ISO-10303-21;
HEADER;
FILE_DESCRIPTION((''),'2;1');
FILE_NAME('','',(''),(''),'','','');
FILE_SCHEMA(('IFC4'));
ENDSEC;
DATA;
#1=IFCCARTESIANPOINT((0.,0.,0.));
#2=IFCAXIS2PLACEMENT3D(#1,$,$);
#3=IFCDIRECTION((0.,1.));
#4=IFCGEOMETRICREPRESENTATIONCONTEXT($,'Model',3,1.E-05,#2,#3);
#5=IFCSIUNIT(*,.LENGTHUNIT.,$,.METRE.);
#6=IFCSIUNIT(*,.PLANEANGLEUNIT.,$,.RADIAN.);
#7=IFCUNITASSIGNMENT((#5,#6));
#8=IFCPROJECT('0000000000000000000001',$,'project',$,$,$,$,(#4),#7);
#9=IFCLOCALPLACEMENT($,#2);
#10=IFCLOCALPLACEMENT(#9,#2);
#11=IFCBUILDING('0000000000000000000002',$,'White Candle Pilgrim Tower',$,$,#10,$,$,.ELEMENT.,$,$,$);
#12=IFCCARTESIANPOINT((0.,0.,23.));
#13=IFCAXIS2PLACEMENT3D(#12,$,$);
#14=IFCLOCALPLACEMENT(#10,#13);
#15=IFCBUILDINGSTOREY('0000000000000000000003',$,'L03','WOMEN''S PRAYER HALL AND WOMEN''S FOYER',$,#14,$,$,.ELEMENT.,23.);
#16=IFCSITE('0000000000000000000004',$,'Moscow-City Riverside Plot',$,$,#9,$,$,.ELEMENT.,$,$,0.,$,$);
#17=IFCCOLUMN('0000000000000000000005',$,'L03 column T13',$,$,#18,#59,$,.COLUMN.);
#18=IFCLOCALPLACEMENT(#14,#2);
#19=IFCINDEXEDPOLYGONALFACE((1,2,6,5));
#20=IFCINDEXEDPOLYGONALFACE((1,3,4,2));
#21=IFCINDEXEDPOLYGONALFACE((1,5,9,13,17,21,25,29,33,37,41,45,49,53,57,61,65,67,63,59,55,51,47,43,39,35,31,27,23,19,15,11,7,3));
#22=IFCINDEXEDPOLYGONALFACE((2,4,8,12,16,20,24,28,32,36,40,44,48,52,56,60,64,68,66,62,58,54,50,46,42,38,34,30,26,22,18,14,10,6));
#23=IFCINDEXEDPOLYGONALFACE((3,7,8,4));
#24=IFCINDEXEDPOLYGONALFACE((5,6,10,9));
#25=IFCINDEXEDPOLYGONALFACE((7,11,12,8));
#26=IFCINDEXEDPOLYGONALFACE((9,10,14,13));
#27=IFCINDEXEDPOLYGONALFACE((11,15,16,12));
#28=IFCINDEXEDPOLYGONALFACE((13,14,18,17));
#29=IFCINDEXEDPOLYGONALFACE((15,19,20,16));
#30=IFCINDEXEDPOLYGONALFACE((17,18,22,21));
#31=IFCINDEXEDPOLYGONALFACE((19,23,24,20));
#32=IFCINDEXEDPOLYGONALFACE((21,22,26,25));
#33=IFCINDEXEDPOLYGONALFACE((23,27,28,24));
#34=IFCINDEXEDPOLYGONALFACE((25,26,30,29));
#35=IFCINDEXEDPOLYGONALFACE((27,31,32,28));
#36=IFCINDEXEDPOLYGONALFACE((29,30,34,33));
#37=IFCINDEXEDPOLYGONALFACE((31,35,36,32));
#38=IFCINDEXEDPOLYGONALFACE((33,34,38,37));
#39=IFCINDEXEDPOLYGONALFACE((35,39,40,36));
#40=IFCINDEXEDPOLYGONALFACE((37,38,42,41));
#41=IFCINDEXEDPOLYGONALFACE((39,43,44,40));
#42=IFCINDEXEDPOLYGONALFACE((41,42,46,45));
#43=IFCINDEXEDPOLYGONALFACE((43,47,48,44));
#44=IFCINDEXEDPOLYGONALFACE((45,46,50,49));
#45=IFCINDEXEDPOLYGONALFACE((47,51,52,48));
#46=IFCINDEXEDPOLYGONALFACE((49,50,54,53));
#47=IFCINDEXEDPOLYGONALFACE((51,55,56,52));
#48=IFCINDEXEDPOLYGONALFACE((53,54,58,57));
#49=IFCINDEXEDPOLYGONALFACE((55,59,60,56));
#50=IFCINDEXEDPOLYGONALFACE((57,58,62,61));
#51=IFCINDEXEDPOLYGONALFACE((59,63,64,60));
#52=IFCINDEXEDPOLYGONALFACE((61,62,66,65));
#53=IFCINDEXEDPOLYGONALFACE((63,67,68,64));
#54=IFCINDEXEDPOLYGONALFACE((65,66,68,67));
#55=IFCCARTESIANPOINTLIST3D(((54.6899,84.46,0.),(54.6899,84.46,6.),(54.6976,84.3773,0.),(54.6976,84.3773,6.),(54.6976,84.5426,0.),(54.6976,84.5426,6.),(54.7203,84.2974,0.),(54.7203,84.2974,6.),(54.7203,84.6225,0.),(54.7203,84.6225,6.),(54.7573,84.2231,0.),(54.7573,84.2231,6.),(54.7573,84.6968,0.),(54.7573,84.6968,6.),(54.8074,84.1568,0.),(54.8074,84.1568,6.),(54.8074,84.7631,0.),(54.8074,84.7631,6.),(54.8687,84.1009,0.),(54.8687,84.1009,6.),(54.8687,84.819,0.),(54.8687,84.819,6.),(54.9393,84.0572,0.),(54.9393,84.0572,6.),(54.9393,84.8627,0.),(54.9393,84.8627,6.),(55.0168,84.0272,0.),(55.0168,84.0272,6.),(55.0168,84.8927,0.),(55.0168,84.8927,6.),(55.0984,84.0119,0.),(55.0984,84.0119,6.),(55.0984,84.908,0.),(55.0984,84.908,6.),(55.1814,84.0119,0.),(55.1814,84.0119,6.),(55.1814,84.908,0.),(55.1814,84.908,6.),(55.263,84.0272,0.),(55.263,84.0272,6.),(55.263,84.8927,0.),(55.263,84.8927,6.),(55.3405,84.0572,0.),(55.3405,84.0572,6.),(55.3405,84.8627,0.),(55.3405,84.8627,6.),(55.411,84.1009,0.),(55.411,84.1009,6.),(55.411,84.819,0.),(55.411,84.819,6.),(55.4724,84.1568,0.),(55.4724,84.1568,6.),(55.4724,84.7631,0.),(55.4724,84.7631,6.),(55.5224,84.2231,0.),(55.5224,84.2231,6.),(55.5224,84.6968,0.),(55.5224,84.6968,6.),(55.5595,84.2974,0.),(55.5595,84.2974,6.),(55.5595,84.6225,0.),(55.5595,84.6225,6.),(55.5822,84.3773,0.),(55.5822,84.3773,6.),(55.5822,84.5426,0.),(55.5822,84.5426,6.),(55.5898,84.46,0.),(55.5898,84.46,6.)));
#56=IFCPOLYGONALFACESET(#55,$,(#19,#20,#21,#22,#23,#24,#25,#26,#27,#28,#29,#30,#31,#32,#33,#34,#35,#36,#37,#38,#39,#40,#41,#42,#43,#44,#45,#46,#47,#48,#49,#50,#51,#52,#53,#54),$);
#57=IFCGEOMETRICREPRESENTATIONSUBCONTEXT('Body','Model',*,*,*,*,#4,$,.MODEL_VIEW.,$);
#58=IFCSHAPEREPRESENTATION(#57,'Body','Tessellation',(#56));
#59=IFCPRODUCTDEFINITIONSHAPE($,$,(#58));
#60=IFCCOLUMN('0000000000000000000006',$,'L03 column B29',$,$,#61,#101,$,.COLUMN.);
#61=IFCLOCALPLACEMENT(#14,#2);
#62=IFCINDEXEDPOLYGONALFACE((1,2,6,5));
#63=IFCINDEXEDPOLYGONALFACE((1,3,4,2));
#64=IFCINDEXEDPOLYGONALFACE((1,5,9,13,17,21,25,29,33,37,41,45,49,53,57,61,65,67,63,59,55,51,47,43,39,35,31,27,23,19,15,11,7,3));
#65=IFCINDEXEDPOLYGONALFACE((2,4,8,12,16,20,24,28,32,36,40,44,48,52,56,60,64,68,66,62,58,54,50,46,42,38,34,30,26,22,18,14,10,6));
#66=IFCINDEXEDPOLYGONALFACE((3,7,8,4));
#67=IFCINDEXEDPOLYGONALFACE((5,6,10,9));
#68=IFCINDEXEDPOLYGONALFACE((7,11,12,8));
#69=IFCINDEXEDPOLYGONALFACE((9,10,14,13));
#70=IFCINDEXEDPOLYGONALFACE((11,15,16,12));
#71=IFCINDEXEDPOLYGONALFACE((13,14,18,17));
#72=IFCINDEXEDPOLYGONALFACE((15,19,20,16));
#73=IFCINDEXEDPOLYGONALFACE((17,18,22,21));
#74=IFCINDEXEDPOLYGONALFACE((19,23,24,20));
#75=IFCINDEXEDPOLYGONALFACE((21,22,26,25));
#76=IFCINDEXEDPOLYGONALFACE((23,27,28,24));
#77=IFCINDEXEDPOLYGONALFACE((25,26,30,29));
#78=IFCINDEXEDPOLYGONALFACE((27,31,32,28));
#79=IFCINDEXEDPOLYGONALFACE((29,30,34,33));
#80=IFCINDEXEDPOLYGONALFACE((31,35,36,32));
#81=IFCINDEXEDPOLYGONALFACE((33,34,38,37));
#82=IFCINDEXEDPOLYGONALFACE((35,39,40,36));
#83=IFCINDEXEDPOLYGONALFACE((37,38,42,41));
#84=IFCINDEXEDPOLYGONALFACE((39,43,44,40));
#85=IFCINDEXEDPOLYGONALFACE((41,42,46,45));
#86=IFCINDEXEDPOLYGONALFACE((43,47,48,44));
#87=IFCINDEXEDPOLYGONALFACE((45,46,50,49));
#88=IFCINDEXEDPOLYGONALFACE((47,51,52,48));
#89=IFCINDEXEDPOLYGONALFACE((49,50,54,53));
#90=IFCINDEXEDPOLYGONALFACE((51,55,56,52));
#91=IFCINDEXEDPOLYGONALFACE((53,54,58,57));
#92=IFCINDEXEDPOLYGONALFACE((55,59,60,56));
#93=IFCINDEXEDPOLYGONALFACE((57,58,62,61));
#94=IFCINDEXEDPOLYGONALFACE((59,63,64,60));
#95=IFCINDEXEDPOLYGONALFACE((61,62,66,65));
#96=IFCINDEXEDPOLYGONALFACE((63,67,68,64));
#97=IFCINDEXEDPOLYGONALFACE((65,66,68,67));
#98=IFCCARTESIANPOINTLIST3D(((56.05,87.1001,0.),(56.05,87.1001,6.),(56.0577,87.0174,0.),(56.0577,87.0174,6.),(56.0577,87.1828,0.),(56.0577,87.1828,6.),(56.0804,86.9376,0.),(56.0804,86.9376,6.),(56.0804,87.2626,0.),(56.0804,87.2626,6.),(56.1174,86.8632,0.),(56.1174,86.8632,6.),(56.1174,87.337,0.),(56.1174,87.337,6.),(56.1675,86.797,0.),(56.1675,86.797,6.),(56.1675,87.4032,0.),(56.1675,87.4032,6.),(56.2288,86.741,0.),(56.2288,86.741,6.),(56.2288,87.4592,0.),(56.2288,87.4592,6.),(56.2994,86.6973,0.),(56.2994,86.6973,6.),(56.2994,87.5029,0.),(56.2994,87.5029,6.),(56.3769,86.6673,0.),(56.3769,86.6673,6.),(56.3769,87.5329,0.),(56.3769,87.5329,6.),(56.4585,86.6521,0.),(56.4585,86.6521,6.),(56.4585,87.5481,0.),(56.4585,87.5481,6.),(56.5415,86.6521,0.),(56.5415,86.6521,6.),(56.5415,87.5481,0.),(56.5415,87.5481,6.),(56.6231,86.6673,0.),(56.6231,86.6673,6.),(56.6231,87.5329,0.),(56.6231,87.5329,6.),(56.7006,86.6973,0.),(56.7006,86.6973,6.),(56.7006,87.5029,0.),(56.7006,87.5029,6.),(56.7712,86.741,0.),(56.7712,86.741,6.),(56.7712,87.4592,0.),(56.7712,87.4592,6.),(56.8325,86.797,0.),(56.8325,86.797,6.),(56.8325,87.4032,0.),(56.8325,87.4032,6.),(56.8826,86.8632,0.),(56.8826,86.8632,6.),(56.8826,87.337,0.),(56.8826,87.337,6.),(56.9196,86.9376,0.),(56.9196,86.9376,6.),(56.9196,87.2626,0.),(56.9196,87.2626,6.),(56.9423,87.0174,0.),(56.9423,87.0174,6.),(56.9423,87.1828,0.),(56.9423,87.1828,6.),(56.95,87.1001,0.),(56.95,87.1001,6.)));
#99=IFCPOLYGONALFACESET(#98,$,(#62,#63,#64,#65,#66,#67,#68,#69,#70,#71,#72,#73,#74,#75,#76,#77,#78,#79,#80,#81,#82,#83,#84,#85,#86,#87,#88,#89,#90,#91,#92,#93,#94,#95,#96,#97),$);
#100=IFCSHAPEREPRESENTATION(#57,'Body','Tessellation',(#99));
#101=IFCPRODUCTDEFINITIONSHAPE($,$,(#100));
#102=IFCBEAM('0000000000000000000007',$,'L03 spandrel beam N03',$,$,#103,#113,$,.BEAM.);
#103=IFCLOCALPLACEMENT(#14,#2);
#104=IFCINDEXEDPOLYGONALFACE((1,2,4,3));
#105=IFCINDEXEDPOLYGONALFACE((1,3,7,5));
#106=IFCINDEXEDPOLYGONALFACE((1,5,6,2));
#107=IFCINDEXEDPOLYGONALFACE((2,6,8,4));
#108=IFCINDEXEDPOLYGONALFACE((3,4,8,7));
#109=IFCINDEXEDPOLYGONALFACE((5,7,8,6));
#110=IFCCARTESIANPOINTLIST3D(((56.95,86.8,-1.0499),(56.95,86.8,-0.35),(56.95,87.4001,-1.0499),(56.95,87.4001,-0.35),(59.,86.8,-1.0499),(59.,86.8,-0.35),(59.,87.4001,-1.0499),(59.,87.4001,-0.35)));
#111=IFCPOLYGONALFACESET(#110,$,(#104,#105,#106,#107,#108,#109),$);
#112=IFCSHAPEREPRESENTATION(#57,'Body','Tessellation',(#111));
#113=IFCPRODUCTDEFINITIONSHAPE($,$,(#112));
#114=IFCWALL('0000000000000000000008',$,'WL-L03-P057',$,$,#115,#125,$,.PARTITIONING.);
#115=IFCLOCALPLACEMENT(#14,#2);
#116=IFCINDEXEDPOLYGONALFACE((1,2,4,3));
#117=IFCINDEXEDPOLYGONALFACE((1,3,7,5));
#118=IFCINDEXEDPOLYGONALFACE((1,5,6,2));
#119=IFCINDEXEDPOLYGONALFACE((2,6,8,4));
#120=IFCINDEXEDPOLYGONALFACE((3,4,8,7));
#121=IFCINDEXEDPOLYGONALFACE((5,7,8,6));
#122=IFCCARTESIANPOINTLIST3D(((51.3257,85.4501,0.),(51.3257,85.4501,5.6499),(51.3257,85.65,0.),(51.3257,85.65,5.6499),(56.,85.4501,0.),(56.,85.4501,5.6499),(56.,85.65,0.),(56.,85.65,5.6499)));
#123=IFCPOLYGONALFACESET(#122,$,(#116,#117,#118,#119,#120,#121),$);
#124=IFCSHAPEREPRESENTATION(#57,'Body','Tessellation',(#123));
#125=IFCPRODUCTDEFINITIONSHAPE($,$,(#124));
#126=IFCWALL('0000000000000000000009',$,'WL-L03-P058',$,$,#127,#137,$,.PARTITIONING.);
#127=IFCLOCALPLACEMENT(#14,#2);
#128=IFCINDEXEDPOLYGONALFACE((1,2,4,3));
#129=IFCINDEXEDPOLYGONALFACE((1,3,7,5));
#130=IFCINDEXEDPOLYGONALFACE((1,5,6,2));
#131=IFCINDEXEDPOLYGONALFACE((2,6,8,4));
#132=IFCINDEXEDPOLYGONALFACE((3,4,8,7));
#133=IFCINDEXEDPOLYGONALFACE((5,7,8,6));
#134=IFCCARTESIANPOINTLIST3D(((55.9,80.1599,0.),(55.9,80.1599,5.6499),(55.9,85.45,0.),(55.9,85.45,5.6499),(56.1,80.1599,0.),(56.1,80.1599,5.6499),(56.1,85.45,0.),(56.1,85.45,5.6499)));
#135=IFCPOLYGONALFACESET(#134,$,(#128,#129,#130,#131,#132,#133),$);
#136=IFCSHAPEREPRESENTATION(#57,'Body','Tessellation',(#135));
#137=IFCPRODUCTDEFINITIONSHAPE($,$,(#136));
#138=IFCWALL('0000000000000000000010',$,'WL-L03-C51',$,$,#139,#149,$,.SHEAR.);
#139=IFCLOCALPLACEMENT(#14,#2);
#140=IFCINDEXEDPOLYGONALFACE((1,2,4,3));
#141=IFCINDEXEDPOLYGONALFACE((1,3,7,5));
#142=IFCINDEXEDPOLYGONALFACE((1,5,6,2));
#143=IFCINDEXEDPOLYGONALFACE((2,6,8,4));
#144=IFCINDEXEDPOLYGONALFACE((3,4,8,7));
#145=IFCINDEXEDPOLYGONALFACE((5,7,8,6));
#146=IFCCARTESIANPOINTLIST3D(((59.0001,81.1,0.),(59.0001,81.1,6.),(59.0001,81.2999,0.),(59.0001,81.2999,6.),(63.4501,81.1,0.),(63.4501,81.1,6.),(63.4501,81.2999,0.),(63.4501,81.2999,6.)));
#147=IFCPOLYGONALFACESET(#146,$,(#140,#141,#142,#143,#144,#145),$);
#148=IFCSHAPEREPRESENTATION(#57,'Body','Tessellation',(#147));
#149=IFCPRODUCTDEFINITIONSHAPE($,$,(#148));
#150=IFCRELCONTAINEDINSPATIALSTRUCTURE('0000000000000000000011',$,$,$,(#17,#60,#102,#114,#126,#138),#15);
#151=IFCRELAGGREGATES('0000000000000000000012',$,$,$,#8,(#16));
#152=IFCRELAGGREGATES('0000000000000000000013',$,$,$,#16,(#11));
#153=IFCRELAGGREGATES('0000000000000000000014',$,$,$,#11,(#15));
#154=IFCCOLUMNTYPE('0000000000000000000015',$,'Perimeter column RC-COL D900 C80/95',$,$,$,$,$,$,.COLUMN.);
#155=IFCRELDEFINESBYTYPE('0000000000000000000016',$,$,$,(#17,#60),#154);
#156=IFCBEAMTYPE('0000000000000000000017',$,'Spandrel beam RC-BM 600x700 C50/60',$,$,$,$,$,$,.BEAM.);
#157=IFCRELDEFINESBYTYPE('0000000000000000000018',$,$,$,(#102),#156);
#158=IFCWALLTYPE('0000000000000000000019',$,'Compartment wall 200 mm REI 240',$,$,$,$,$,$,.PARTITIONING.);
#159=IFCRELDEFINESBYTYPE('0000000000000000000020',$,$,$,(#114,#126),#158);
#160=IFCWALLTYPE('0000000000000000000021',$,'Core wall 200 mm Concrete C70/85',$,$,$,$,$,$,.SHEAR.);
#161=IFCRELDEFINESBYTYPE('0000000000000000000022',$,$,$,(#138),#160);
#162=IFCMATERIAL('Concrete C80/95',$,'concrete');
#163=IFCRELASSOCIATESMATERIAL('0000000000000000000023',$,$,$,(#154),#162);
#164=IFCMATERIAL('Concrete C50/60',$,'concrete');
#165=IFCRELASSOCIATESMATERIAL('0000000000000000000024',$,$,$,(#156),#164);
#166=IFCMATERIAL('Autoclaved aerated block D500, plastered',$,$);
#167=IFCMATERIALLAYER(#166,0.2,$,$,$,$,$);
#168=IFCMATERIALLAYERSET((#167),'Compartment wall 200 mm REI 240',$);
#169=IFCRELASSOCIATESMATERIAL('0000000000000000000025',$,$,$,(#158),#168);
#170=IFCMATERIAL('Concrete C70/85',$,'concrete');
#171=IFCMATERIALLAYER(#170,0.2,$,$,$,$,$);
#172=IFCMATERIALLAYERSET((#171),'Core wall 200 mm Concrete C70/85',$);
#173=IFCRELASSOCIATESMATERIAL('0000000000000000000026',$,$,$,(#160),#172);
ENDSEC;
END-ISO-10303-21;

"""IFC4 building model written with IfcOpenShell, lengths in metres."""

from ifc_helpers import new_model, si_unit, direction, frame, frame_2d, origin, origin_2d, place, context, subcontext, project, spatial, rectangle, circle, extrude, material, layer, layer_set, material_profile, profile_set, type_object, element, save


model = new_model("IFC4")

# Units and contexts
model_context = context("Model", 3, precision=1e-05, world=origin(), true_north=direction((0.0, 1.0)))
body_context = subcontext(model_context, "Body", "Model", "MODEL_VIEW")
ifc_project = project(units=[si_unit("LENGTHUNIT", "METRE"), si_unit("PLANEANGLEUNIT", "RADIAN")], contexts=[model_context])

# Site, building, storey
site_placement = place(None, origin())
site = spatial("IfcSite", under=ifc_project, at=site_placement, Name="Moscow-City Riverside Plot", CompositionType="ELEMENT", RefElevation=0.0)
building_placement = place(site_placement, origin())
building = spatial("IfcBuilding", under=site, at=building_placement, Name="White Candle Pilgrim Tower", CompositionType="ELEMENT")
storey_placement = place(building_placement, frame((0.0, 0.0, 23.0)))
storey = spatial("IfcBuildingStorey", under=building, at=storey_placement, Name="L03", Description="WOMEN'S PRAYER HALL AND WOMEN'S FOYER", CompositionType="ELEMENT", Elevation=23.0)

# Columns
ifc_material_1 = material(Name="Concrete C80/95", Category="concrete")
ifc_material_profile_1 = material_profile(ifc_material_1, circle(Radius=0.45, at=origin_2d()), Name="RC-COL D900")
ifc_profile_set_1 = profile_set([ifc_material_profile_1], Name="Concrete C80/95")
column_type = type_object("IfcColumnType", Name="Perimeter column RC-COL D900 C80/95", PredefinedType="COLUMN", material=ifc_profile_set_1)
for number, where, z_axis, x_axis, name in (
    (1, (55.1399, 84.46, 0.0), (0.0, 0.0, 1.0), (1.0, 0.0, 0.0), "L03 column T13"),
    (2, (56.5, 87.1001, 0.0), (0.0, 0.0, 1.0), (1.0, 0.0, 0.0), "L03 column B29"),
):
    element("IfcColumn", number, at=place(storey_placement, frame(where, z_axis=z_axis, x_axis=x_axis)), inside=storey, type_object=column_type, Name=name, PredefinedType="COLUMN", context=body_context, shape_type="SweptSolid", body=[
        extrude(circle(Radius=0.45, at=origin_2d()), origin(), (0.0, 0.0, 1.0), 6.0),
    ])

# Beam
ifc_material_2 = material(Name="Concrete C50/60", Category="concrete")
ifc_material_profile_2 = material_profile(ifc_material_2, rectangle(XDim=0.6001, YDim=0.7, at=origin_2d()), Name="RC-BM 600x700")
ifc_profile_set_2 = profile_set([ifc_material_profile_2], Name="Concrete C50/60")
beam_type = type_object("IfcBeamType", Name="Spandrel beam RC-BM 600x700 C50/60", PredefinedType="BEAM", material=ifc_profile_set_2)
beam_placement = place(storey_placement, frame((56.95, 87.1001, -0.7), z_axis=(1.0, 0.0, 0.0), x_axis=(0.0, 1.0, 0.0)))
element("IfcBeam", 3, at=beam_placement, inside=storey, type_object=beam_type, Name="L03 spandrel beam N03", PredefinedType="BEAM", context=body_context, shape_type="SweptSolid", body=[
    extrude(rectangle(XDim=0.6001, YDim=0.7, at=origin_2d()), origin(), (0.0, 0.0, 1.0), 2.05),
])

# Walls
ifc_material_3 = material(Name="Autoclaved aerated block D500, plastered")
ifc_layer_1 = layer(ifc_material_3, 0.2)
ifc_layer_set_1 = layer_set([ifc_layer_1], Name="Compartment wall 200 mm REI 240")
wall_type_1 = type_object("IfcWallType", Name="Compartment wall 200 mm REI 240", PredefinedType="PARTITIONING", material=ifc_layer_set_1)
wall_1_placement = place(storey_placement, frame((56.0, 85.55, 0.0), z_axis=(0.0, 0.0, 1.0), x_axis=(-1.0, 0.0, 0.0)))
element("IfcWall", 4, at=wall_1_placement, inside=storey, type_object=wall_type_1, Name="WL-L03-P057", PredefinedType="PARTITIONING", context=body_context, shape_type="SweptSolid", body=[
    extrude(rectangle(XDim=4.6743, YDim=0.2, at=frame_2d((2.3372, 0.0))), origin(), (0.0, 0.0, 1.0), 5.6499),
])
wall_2_placement = place(storey_placement, frame((56.0, 80.1599, 0.0), z_axis=(0.0, 0.0, 1.0), x_axis=(0.0, 1.0, 0.0)))
element("IfcWall", 5, at=wall_2_placement, inside=storey, type_object=wall_type_1, Name="WL-L03-P058", PredefinedType="PARTITIONING", context=body_context, shape_type="SweptSolid", body=[
    extrude(rectangle(XDim=5.29, YDim=0.2, at=frame_2d((2.645, 0.0))), origin(), (0.0, 0.0, 1.0), 5.6499),
])
ifc_material_4 = material(Name="Concrete C70/85", Category="concrete")
ifc_layer_2 = layer(ifc_material_4, 0.2)
ifc_layer_set_2 = layer_set([ifc_layer_2], Name="Core wall 200 mm Concrete C70/85")
wall_type_2 = type_object("IfcWallType", Name="Core wall 200 mm Concrete C70/85", PredefinedType="SHEAR", material=ifc_layer_set_2)
wall_3_placement = place(storey_placement, frame((59.0, 81.2, 0.0), z_axis=(0.0, 0.0, 1.0), x_axis=(1.0, 0.0, 0.0)))
element("IfcWall", 6, at=wall_3_placement, inside=storey, type_object=wall_type_2, Name="WL-L03-C51", PredefinedType="SHEAR", context=body_context, shape_type="SweptSolid", body=[
    extrude(rectangle(XDim=4.45, YDim=0.2, at=frame_2d((2.2251, 0.0))), origin(), (0.0, 0.0, 1.0), 6.0),
])

save(model, "model.ifc")
